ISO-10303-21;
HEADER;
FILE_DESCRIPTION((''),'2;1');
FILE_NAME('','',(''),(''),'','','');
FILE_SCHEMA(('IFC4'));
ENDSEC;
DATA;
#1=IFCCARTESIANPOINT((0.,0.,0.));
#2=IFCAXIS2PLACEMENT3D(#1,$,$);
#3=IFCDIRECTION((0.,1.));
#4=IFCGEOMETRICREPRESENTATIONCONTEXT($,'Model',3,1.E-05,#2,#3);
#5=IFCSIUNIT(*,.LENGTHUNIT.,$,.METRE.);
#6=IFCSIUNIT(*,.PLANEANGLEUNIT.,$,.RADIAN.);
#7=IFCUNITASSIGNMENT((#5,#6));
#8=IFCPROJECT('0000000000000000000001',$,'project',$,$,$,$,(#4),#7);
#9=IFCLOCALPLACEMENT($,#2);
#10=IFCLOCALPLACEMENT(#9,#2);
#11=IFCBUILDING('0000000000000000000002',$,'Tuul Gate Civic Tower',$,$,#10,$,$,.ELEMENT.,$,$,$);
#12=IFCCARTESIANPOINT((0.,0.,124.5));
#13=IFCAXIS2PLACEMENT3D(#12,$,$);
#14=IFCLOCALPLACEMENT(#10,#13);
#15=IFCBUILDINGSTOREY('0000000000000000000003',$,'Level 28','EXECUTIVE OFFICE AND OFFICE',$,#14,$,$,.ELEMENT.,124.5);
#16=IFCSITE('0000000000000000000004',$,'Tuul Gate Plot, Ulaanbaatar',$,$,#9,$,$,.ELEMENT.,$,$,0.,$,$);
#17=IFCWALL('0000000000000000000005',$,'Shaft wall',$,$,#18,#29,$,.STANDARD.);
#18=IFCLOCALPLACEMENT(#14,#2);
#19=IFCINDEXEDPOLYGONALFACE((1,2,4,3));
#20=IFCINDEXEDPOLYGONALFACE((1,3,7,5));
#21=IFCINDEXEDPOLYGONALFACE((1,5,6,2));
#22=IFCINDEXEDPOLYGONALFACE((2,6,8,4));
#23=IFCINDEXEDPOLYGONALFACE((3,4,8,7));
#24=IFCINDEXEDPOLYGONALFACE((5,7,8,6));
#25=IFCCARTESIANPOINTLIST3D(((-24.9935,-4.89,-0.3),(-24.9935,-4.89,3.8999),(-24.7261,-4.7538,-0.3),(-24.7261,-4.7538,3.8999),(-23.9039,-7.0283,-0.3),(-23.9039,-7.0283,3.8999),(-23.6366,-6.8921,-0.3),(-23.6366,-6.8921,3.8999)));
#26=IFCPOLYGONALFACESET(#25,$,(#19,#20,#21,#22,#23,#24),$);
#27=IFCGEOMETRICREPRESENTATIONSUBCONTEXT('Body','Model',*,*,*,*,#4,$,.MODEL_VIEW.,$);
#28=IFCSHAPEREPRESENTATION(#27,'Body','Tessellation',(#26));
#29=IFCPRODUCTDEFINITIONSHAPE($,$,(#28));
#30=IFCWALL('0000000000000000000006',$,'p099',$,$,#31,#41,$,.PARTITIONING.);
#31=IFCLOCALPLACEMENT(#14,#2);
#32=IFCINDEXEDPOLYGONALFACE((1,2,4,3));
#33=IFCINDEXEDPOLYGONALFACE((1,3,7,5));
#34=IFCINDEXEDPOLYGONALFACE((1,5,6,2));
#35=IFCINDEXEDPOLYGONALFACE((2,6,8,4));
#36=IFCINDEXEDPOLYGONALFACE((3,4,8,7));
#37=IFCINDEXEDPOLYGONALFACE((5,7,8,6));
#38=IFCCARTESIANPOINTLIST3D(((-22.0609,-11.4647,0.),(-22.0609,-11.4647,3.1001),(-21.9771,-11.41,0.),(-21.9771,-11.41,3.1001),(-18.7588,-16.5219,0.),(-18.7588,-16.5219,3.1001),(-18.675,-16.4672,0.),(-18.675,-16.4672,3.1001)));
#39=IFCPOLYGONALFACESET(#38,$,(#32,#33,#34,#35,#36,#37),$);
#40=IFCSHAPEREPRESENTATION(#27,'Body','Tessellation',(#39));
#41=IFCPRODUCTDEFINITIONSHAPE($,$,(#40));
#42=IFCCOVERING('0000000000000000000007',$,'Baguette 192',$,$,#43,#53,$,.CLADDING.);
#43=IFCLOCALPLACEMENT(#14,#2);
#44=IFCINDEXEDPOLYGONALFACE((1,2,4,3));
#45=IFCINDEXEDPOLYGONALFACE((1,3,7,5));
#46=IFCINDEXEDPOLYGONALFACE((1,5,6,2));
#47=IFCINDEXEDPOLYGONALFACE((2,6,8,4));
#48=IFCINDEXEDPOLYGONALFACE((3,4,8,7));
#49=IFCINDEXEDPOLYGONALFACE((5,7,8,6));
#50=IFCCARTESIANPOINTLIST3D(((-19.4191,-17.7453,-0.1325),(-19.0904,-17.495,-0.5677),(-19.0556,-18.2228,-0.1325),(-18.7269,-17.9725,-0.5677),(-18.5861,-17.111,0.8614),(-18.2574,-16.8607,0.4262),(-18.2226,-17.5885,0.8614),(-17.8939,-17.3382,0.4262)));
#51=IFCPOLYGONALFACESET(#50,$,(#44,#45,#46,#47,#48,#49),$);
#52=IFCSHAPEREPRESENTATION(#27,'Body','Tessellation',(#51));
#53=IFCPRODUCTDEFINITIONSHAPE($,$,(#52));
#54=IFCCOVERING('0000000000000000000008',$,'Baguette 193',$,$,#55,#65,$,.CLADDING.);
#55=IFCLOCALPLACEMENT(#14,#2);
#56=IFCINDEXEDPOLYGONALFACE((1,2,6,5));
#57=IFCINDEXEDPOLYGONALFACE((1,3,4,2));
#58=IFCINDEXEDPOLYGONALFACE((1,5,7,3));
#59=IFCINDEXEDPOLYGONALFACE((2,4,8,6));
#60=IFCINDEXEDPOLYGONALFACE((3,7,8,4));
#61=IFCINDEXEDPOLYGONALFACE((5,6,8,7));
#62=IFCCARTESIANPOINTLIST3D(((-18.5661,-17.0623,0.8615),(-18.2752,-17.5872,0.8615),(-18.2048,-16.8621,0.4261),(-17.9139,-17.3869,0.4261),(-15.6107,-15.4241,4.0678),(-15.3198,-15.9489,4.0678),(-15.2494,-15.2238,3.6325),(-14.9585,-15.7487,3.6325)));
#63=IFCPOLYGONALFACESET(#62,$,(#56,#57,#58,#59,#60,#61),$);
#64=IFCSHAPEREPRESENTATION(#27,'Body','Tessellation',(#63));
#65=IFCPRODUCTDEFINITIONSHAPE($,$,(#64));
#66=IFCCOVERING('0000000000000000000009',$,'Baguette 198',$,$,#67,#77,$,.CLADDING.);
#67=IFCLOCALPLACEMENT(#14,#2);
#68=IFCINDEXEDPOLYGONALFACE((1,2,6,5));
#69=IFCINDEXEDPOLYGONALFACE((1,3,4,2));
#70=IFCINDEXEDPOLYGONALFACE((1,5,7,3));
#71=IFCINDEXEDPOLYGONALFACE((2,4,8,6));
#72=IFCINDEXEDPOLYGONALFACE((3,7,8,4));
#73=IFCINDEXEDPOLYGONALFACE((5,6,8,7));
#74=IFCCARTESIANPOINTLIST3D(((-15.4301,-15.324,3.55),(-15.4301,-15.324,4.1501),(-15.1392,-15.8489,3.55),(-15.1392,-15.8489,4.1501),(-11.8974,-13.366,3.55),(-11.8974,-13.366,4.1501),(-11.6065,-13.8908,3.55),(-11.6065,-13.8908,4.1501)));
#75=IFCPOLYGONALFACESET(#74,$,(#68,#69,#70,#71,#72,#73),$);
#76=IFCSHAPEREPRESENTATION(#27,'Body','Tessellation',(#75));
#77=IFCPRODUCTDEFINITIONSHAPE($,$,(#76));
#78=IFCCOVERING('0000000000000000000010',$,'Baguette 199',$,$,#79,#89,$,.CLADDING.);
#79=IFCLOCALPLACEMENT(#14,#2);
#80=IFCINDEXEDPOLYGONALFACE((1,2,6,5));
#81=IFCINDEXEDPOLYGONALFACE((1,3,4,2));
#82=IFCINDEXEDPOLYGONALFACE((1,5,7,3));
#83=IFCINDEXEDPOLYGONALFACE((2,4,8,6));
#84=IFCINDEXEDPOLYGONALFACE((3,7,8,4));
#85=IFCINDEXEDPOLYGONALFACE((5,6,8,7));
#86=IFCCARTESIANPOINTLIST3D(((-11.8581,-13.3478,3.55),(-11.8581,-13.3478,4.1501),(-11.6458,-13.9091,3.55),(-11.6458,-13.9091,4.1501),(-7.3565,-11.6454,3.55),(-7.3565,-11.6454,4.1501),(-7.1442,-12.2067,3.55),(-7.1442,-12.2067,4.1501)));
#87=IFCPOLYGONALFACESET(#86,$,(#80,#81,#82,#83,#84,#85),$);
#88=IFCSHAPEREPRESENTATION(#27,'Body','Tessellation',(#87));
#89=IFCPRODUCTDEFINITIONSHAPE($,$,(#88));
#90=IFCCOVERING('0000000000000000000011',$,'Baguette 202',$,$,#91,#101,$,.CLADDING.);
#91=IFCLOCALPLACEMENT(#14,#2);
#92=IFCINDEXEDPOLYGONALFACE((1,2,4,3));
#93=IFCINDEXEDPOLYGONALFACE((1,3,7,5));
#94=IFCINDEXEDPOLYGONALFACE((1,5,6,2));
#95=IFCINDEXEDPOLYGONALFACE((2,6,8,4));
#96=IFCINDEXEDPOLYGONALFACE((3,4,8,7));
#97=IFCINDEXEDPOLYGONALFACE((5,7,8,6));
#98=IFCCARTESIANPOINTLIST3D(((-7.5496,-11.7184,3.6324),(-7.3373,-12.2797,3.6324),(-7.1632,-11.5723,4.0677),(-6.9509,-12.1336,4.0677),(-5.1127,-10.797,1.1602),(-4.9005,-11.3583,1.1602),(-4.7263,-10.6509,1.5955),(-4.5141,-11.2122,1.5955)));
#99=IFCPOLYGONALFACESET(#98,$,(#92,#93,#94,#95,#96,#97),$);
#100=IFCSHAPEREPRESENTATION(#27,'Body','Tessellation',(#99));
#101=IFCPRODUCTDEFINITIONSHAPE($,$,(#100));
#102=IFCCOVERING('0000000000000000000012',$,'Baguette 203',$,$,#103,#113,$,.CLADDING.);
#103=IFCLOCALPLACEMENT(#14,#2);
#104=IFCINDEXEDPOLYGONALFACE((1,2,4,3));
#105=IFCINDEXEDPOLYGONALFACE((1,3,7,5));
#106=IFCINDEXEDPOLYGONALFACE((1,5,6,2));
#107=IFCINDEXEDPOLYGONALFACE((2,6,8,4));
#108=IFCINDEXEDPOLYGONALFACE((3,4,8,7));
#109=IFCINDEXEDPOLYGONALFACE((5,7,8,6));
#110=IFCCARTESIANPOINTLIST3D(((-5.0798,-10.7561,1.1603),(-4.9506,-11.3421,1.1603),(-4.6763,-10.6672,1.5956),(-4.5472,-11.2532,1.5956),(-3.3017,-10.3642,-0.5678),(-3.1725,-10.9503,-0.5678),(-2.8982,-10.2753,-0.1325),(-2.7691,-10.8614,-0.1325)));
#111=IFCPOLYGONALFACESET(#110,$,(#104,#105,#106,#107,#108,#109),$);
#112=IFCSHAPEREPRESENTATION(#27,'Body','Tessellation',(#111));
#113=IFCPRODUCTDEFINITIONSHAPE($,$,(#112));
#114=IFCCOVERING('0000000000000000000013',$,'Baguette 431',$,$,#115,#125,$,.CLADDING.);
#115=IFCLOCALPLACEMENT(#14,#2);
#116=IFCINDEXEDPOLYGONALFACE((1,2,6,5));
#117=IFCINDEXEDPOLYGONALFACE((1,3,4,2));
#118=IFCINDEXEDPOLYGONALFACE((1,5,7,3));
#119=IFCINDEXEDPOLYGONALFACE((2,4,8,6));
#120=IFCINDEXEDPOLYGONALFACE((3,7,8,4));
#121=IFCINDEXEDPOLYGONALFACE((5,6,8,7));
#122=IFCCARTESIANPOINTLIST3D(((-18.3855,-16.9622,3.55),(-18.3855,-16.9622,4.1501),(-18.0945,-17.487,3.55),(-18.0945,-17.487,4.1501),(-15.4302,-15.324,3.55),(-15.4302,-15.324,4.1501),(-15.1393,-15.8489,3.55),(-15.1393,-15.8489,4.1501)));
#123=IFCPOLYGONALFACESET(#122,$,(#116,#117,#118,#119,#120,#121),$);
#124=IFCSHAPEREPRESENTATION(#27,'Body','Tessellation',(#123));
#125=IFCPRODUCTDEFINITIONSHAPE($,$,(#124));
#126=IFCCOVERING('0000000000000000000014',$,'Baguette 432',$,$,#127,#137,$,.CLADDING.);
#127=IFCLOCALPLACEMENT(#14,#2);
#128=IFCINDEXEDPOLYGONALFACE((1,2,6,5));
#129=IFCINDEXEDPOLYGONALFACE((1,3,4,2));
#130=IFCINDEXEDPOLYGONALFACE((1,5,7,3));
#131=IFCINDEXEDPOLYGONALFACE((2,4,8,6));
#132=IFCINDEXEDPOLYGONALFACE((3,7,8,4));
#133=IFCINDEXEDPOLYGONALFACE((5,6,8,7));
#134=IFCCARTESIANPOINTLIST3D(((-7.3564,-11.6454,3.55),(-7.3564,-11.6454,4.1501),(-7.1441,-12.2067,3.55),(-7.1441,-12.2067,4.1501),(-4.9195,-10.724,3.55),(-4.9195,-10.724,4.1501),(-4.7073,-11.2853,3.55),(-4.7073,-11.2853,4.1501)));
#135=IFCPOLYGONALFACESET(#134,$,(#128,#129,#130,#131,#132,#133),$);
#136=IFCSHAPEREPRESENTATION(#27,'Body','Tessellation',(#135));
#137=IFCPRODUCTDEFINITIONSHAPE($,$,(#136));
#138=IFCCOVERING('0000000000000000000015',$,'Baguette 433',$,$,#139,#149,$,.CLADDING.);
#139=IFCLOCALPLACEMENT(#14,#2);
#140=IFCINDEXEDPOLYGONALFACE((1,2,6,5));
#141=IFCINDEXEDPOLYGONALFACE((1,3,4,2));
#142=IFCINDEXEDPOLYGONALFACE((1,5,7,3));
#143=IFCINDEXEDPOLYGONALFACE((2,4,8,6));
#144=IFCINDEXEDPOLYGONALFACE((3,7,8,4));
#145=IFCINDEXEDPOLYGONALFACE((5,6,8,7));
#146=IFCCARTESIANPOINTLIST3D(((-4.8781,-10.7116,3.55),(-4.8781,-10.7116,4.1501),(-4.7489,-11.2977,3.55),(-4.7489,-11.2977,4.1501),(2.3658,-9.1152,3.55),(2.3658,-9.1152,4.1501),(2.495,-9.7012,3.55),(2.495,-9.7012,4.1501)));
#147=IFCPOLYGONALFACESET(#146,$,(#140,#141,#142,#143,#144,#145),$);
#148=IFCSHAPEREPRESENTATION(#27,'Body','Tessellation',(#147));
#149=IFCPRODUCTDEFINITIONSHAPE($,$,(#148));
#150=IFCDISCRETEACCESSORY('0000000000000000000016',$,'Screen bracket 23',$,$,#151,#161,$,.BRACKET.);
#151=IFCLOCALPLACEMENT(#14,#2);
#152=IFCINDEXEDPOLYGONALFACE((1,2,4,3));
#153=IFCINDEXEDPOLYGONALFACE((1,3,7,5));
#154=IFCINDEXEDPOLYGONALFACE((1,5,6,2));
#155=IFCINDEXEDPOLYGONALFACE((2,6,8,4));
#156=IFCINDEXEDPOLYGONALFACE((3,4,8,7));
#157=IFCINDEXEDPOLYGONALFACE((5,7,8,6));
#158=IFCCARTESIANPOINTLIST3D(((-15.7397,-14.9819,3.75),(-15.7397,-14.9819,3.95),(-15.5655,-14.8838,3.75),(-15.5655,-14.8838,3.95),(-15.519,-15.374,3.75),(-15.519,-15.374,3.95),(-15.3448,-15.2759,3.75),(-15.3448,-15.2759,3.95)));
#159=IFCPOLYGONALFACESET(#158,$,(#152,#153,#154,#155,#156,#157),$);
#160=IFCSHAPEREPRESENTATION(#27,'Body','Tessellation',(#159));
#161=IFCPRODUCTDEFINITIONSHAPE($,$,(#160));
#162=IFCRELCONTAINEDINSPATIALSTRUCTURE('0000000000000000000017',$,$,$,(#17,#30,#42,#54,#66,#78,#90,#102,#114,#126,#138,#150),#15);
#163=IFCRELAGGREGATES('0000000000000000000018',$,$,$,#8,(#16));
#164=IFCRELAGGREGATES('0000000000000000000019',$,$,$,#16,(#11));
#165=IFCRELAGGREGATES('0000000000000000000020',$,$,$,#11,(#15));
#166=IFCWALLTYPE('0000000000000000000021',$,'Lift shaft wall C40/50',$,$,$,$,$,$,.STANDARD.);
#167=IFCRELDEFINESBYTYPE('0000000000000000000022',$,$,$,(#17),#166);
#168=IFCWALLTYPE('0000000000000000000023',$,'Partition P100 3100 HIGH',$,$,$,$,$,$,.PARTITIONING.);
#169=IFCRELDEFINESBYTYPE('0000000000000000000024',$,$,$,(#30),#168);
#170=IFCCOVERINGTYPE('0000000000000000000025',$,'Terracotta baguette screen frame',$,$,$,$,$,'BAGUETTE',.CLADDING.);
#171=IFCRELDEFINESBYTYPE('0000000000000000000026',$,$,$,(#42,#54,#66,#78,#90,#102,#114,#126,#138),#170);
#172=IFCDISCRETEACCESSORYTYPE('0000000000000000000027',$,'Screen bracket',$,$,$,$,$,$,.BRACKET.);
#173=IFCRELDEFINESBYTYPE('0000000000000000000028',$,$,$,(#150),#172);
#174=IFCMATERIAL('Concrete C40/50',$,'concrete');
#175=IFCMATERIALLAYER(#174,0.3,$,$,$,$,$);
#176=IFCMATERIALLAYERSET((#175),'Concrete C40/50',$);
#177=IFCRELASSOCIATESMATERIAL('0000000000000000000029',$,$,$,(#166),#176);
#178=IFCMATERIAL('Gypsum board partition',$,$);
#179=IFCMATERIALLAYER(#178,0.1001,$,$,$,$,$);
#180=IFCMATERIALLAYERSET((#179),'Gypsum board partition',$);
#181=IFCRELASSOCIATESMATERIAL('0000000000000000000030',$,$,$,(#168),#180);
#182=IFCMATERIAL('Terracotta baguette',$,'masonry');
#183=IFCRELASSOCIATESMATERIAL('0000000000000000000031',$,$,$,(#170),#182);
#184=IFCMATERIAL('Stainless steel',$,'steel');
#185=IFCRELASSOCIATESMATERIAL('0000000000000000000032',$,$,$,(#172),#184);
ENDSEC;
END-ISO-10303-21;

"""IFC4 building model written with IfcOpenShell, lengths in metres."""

from ifc_helpers import new_model, si_unit, direction, frame, frame_2d, origin, origin_2d, place, context, subcontext, project, spatial, rectangle, extrude, material, layer, layer_set, material_profile, profile_set, type_object, element, save


model = new_model("IFC4")

# Units and contexts
model_context = context("Model", 3, precision=1e-05, world=origin(), true_north=direction((0.0, 1.0)))
body_context = subcontext(model_context, "Body", "Model", "MODEL_VIEW")
ifc_project = project(units=[si_unit("LENGTHUNIT", "METRE"), si_unit("PLANEANGLEUNIT", "RADIAN")], contexts=[model_context])

# Site, building, storey
site_placement = place(None, origin())
site = spatial("IfcSite", under=ifc_project, at=site_placement, Name="Tuul Gate Plot, Ulaanbaatar", CompositionType="ELEMENT", RefElevation=0.0)
building_placement = place(site_placement, origin())
building = spatial("IfcBuilding", under=site, at=building_placement, Name="Tuul Gate Civic Tower", CompositionType="ELEMENT")
storey_placement = place(building_placement, frame((0.0, 0.0, 124.5)))
storey = spatial("IfcBuildingStorey", under=building, at=storey_placement, Name="Level 28", Description="EXECUTIVE OFFICE AND OFFICE", CompositionType="ELEMENT", Elevation=124.5)

# Walls
ifc_material_1 = material(Name="Concrete C40/50", Category="concrete")
ifc_layer_1 = layer(ifc_material_1, 0.3)
ifc_layer_set_1 = layer_set([ifc_layer_1], Name="Concrete C40/50")
wall_type_1 = type_object("IfcWallType", Name="Lift shaft wall C40/50", PredefinedType="STANDARD", material=ifc_layer_set_1)
wall_1_placement = place(storey_placement, frame((-23.7703, -6.9602, -0.3), z_axis=(0.0, 0.0, 1.0), x_axis=(-0.453996, 0.891004, 0.0)))
element("IfcWall", 1, at=wall_1_placement, inside=storey, type_object=wall_type_1, Name="Shaft wall", PredefinedType="STANDARD", context=body_context, shape_type="SweptSolid", body=[
    extrude(rectangle(XDim=2.3999, YDim=0.3, at=frame_2d((1.2, 0.0))), origin(), (0.0, 0.0, 1.0), 4.2),
])
ifc_material_2 = material(Name="Gypsum board partition")
ifc_layer_2 = layer(ifc_material_2, 0.1001)
ifc_layer_set_2 = layer_set([ifc_layer_2], Name="Gypsum board partition")
wall_type_2 = type_object("IfcWallType", Name="Partition P100 3100 HIGH", PredefinedType="PARTITIONING", material=ifc_layer_set_2)
wall_2_placement = place(storey_placement, frame((-22.019, -11.4373, 0.0), z_axis=(0.0, 0.0, 1.0), x_axis=(0.546718, -0.837317, 0.0)))
element("IfcWall", 2, at=wall_2_placement, inside=storey, type_object=wall_type_2, Name="p099", PredefinedType="PARTITIONING", context=body_context, shape_type="SweptSolid", body=[
    extrude(rectangle(XDim=6.0398, YDim=0.1001, at=frame_2d((3.02, 0.0))), origin(), (0.0, 0.0, 1.0), 3.1001),
])

# Coverings
ifc_material_3 = material(Name="Terracotta baguette", Category="masonry")
ifc_material_profile_1 = material_profile(ifc_material_3, rectangle(XDim=0.6001, YDim=0.6001, at=origin_2d()), Name="Terracotta baguette screen frame")
ifc_profile_set_1 = profile_set([ifc_material_profile_1], Name="Terracotta baguette")
covering_type = type_object("IfcCoveringType", Name="Terracotta baguette screen frame", ElementType="BAGUETTE", PredefinedType="CLADDING", material=ifc_profile_set_1)
covering_1_placement = place(storey_placement, frame((-19.073, -17.8589, -0.3501), z_axis=(0.577027, 0.439366, 0.688475), x_axis=(-0.605804, 0.795614, 0.0)))
element("IfcCovering", 3, at=covering_1_placement, inside=storey, type_object=covering_type, Name="Baguette 192", PredefinedType="CLADDING", context=body_context, shape_type="SweptSolid", body=[
    extrude(rectangle(XDim=0.6001, YDim=0.6001, at=origin_2d()), origin(), (0.0, 0.0, 1.0), 1.4436),
])
covering_2_placement = place(storey_placement, frame((-18.24, -17.2246, 0.6438), z_axis=(0.634448, 0.351685, 0.688327), x_axis=(-0.484815, 0.874617, 0.0)))
element("IfcCovering", 4, at=covering_2_placement, inside=storey, type_object=covering_type, Name="Baguette 193", PredefinedType="CLADDING", context=body_context, shape_type="SweptSolid", body=[
    extrude(rectangle(XDim=0.6001, YDim=0.6001, at=origin_2d()), origin(), (0.0, 0.0, 1.0), 4.6582),
])
covering_3_placement = place(storey_placement, frame((-15.2847, -15.5864, 3.8501), z_axis=(0.874642, 0.48477, 0.0), x_axis=(-0.48477, 0.874642, 0.0)))
element("IfcCovering", 5, at=covering_3_placement, inside=storey, type_object=covering_type, Name="Baguette 198", PredefinedType="CLADDING", context=body_context, shape_type="SweptSolid", body=[
    extrude(rectangle(XDim=0.6001, YDim=0.6001, at=origin_2d()), origin(), (0.0, 0.0, 1.0), 4.0391),
])
covering_4_placement = place(storey_placement, frame((-11.752, -13.6284, 3.8501), z_axis=(0.935352, 0.353718, 0.0), x_axis=(-0.353718, 0.935352, 0.0)))
element("IfcCovering", 6, at=covering_4_placement, inside=storey, type_object=covering_type, Name="Baguette 199", PredefinedType="CLADDING", context=body_context, shape_type="SweptSolid", body=[
    extrude(rectangle(XDim=0.6001, YDim=0.6001, at=origin_2d()), origin(), (0.0, 0.0, 1.0), 4.8127),
])
covering_5_placement = place(storey_placement, frame((-7.2502, -11.926, 3.8501), z_axis=(0.678494, 0.256551, -0.688351), x_axis=(-0.353679, 0.935367, 0.0)))
element("IfcCovering", 7, at=covering_5_placement, inside=storey, type_object=covering_type, Name="Baguette 202", PredefinedType="CLADDING", context=body_context, shape_type="SweptSolid", body=[
    extrude(rectangle(XDim=0.6001, YDim=0.6001, at=origin_2d()), origin(), (0.0, 0.0, 1.0), 3.5916),
])
covering_6_placement = place(storey_placement, frame((-4.8135, -11.0046, 1.3779), z_axis=(0.708336, 0.1561, -0.688398), x_axis=(-0.215212, 0.976567, 0.0)))
element("IfcCovering", 8, at=covering_6_placement, inside=storey, type_object=covering_type, Name="Baguette 203", PredefinedType="CLADDING", context=body_context, shape_type="SweptSolid", body=[
    extrude(rectangle(XDim=0.6001, YDim=0.6001, at=origin_2d()), origin(), (0.0, 0.0, 1.0), 2.5103),
])
covering_7_placement = place(storey_placement, frame((-18.24, -17.2246, 3.8501), z_axis=(0.874617, 0.484815, 0.0), x_axis=(-0.484815, 0.874617, 0.0)))
element("IfcCovering", 9, at=covering_7_placement, inside=storey, type_object=covering_type, Name="Baguette 431", PredefinedType="CLADDING", context=body_context, shape_type="SweptSolid", body=[
    extrude(rectangle(XDim=0.6001, YDim=0.6001, at=origin_2d()), origin(), (0.0, 0.0, 1.0), 3.3789),
])
covering_8_placement = place(storey_placement, frame((-7.2502, -11.926, 3.8501), z_axis=(0.935367, 0.353679, 0.0), x_axis=(-0.353679, 0.935367, 0.0)))
element("IfcCovering", 10, at=covering_8_placement, inside=storey, type_object=covering_type, Name="Baguette 432", PredefinedType="CLADDING", context=body_context, shape_type="SweptSolid", body=[
    extrude(rectangle(XDim=0.6001, YDim=0.6001, at=origin_2d()), origin(), (0.0, 0.0, 1.0), 2.6052),
])
covering_9_placement = place(storey_placement, frame((-4.8135, -11.0046, 3.8501), z_axis=(0.976566, 0.215219, 0.0), x_axis=(-0.215219, 0.976566, 0.0)))
element("IfcCovering", 11, at=covering_9_placement, inside=storey, type_object=covering_type, Name="Baguette 433", PredefinedType="CLADDING", context=body_context, shape_type="SweptSolid", body=[
    extrude(rectangle(XDim=0.6001, YDim=0.6001, at=origin_2d()), origin(), (0.0, 0.0, 1.0), 7.4177),
])

# Discrete accessory
ifc_material_4 = material(Name="Stainless steel", Category="steel")
discrete_accessory_type = type_object("IfcDiscreteAccessoryType", Name="Screen bracket", PredefinedType="BRACKET", material=ifc_material_4)
discrete_accessory_placement = place(storey_placement, frame((-15.5422, -15.1289, 3.75), z_axis=(0.0, 0.0, 1.0), x_axis=(0.490452, -0.871468, 0.0)))
element("IfcDiscreteAccessory", 12, at=discrete_accessory_placement, inside=storey, type_object=discrete_accessory_type, Name="Screen bracket 23", PredefinedType="BRACKET", context=body_context, shape_type="SweptSolid", body=[
    extrude(rectangle(XDim=0.45, YDim=0.2, at=origin_2d()), origin(), (0.0, 0.0, 1.0), 0.2),
])

save(model, "model.ifc")
